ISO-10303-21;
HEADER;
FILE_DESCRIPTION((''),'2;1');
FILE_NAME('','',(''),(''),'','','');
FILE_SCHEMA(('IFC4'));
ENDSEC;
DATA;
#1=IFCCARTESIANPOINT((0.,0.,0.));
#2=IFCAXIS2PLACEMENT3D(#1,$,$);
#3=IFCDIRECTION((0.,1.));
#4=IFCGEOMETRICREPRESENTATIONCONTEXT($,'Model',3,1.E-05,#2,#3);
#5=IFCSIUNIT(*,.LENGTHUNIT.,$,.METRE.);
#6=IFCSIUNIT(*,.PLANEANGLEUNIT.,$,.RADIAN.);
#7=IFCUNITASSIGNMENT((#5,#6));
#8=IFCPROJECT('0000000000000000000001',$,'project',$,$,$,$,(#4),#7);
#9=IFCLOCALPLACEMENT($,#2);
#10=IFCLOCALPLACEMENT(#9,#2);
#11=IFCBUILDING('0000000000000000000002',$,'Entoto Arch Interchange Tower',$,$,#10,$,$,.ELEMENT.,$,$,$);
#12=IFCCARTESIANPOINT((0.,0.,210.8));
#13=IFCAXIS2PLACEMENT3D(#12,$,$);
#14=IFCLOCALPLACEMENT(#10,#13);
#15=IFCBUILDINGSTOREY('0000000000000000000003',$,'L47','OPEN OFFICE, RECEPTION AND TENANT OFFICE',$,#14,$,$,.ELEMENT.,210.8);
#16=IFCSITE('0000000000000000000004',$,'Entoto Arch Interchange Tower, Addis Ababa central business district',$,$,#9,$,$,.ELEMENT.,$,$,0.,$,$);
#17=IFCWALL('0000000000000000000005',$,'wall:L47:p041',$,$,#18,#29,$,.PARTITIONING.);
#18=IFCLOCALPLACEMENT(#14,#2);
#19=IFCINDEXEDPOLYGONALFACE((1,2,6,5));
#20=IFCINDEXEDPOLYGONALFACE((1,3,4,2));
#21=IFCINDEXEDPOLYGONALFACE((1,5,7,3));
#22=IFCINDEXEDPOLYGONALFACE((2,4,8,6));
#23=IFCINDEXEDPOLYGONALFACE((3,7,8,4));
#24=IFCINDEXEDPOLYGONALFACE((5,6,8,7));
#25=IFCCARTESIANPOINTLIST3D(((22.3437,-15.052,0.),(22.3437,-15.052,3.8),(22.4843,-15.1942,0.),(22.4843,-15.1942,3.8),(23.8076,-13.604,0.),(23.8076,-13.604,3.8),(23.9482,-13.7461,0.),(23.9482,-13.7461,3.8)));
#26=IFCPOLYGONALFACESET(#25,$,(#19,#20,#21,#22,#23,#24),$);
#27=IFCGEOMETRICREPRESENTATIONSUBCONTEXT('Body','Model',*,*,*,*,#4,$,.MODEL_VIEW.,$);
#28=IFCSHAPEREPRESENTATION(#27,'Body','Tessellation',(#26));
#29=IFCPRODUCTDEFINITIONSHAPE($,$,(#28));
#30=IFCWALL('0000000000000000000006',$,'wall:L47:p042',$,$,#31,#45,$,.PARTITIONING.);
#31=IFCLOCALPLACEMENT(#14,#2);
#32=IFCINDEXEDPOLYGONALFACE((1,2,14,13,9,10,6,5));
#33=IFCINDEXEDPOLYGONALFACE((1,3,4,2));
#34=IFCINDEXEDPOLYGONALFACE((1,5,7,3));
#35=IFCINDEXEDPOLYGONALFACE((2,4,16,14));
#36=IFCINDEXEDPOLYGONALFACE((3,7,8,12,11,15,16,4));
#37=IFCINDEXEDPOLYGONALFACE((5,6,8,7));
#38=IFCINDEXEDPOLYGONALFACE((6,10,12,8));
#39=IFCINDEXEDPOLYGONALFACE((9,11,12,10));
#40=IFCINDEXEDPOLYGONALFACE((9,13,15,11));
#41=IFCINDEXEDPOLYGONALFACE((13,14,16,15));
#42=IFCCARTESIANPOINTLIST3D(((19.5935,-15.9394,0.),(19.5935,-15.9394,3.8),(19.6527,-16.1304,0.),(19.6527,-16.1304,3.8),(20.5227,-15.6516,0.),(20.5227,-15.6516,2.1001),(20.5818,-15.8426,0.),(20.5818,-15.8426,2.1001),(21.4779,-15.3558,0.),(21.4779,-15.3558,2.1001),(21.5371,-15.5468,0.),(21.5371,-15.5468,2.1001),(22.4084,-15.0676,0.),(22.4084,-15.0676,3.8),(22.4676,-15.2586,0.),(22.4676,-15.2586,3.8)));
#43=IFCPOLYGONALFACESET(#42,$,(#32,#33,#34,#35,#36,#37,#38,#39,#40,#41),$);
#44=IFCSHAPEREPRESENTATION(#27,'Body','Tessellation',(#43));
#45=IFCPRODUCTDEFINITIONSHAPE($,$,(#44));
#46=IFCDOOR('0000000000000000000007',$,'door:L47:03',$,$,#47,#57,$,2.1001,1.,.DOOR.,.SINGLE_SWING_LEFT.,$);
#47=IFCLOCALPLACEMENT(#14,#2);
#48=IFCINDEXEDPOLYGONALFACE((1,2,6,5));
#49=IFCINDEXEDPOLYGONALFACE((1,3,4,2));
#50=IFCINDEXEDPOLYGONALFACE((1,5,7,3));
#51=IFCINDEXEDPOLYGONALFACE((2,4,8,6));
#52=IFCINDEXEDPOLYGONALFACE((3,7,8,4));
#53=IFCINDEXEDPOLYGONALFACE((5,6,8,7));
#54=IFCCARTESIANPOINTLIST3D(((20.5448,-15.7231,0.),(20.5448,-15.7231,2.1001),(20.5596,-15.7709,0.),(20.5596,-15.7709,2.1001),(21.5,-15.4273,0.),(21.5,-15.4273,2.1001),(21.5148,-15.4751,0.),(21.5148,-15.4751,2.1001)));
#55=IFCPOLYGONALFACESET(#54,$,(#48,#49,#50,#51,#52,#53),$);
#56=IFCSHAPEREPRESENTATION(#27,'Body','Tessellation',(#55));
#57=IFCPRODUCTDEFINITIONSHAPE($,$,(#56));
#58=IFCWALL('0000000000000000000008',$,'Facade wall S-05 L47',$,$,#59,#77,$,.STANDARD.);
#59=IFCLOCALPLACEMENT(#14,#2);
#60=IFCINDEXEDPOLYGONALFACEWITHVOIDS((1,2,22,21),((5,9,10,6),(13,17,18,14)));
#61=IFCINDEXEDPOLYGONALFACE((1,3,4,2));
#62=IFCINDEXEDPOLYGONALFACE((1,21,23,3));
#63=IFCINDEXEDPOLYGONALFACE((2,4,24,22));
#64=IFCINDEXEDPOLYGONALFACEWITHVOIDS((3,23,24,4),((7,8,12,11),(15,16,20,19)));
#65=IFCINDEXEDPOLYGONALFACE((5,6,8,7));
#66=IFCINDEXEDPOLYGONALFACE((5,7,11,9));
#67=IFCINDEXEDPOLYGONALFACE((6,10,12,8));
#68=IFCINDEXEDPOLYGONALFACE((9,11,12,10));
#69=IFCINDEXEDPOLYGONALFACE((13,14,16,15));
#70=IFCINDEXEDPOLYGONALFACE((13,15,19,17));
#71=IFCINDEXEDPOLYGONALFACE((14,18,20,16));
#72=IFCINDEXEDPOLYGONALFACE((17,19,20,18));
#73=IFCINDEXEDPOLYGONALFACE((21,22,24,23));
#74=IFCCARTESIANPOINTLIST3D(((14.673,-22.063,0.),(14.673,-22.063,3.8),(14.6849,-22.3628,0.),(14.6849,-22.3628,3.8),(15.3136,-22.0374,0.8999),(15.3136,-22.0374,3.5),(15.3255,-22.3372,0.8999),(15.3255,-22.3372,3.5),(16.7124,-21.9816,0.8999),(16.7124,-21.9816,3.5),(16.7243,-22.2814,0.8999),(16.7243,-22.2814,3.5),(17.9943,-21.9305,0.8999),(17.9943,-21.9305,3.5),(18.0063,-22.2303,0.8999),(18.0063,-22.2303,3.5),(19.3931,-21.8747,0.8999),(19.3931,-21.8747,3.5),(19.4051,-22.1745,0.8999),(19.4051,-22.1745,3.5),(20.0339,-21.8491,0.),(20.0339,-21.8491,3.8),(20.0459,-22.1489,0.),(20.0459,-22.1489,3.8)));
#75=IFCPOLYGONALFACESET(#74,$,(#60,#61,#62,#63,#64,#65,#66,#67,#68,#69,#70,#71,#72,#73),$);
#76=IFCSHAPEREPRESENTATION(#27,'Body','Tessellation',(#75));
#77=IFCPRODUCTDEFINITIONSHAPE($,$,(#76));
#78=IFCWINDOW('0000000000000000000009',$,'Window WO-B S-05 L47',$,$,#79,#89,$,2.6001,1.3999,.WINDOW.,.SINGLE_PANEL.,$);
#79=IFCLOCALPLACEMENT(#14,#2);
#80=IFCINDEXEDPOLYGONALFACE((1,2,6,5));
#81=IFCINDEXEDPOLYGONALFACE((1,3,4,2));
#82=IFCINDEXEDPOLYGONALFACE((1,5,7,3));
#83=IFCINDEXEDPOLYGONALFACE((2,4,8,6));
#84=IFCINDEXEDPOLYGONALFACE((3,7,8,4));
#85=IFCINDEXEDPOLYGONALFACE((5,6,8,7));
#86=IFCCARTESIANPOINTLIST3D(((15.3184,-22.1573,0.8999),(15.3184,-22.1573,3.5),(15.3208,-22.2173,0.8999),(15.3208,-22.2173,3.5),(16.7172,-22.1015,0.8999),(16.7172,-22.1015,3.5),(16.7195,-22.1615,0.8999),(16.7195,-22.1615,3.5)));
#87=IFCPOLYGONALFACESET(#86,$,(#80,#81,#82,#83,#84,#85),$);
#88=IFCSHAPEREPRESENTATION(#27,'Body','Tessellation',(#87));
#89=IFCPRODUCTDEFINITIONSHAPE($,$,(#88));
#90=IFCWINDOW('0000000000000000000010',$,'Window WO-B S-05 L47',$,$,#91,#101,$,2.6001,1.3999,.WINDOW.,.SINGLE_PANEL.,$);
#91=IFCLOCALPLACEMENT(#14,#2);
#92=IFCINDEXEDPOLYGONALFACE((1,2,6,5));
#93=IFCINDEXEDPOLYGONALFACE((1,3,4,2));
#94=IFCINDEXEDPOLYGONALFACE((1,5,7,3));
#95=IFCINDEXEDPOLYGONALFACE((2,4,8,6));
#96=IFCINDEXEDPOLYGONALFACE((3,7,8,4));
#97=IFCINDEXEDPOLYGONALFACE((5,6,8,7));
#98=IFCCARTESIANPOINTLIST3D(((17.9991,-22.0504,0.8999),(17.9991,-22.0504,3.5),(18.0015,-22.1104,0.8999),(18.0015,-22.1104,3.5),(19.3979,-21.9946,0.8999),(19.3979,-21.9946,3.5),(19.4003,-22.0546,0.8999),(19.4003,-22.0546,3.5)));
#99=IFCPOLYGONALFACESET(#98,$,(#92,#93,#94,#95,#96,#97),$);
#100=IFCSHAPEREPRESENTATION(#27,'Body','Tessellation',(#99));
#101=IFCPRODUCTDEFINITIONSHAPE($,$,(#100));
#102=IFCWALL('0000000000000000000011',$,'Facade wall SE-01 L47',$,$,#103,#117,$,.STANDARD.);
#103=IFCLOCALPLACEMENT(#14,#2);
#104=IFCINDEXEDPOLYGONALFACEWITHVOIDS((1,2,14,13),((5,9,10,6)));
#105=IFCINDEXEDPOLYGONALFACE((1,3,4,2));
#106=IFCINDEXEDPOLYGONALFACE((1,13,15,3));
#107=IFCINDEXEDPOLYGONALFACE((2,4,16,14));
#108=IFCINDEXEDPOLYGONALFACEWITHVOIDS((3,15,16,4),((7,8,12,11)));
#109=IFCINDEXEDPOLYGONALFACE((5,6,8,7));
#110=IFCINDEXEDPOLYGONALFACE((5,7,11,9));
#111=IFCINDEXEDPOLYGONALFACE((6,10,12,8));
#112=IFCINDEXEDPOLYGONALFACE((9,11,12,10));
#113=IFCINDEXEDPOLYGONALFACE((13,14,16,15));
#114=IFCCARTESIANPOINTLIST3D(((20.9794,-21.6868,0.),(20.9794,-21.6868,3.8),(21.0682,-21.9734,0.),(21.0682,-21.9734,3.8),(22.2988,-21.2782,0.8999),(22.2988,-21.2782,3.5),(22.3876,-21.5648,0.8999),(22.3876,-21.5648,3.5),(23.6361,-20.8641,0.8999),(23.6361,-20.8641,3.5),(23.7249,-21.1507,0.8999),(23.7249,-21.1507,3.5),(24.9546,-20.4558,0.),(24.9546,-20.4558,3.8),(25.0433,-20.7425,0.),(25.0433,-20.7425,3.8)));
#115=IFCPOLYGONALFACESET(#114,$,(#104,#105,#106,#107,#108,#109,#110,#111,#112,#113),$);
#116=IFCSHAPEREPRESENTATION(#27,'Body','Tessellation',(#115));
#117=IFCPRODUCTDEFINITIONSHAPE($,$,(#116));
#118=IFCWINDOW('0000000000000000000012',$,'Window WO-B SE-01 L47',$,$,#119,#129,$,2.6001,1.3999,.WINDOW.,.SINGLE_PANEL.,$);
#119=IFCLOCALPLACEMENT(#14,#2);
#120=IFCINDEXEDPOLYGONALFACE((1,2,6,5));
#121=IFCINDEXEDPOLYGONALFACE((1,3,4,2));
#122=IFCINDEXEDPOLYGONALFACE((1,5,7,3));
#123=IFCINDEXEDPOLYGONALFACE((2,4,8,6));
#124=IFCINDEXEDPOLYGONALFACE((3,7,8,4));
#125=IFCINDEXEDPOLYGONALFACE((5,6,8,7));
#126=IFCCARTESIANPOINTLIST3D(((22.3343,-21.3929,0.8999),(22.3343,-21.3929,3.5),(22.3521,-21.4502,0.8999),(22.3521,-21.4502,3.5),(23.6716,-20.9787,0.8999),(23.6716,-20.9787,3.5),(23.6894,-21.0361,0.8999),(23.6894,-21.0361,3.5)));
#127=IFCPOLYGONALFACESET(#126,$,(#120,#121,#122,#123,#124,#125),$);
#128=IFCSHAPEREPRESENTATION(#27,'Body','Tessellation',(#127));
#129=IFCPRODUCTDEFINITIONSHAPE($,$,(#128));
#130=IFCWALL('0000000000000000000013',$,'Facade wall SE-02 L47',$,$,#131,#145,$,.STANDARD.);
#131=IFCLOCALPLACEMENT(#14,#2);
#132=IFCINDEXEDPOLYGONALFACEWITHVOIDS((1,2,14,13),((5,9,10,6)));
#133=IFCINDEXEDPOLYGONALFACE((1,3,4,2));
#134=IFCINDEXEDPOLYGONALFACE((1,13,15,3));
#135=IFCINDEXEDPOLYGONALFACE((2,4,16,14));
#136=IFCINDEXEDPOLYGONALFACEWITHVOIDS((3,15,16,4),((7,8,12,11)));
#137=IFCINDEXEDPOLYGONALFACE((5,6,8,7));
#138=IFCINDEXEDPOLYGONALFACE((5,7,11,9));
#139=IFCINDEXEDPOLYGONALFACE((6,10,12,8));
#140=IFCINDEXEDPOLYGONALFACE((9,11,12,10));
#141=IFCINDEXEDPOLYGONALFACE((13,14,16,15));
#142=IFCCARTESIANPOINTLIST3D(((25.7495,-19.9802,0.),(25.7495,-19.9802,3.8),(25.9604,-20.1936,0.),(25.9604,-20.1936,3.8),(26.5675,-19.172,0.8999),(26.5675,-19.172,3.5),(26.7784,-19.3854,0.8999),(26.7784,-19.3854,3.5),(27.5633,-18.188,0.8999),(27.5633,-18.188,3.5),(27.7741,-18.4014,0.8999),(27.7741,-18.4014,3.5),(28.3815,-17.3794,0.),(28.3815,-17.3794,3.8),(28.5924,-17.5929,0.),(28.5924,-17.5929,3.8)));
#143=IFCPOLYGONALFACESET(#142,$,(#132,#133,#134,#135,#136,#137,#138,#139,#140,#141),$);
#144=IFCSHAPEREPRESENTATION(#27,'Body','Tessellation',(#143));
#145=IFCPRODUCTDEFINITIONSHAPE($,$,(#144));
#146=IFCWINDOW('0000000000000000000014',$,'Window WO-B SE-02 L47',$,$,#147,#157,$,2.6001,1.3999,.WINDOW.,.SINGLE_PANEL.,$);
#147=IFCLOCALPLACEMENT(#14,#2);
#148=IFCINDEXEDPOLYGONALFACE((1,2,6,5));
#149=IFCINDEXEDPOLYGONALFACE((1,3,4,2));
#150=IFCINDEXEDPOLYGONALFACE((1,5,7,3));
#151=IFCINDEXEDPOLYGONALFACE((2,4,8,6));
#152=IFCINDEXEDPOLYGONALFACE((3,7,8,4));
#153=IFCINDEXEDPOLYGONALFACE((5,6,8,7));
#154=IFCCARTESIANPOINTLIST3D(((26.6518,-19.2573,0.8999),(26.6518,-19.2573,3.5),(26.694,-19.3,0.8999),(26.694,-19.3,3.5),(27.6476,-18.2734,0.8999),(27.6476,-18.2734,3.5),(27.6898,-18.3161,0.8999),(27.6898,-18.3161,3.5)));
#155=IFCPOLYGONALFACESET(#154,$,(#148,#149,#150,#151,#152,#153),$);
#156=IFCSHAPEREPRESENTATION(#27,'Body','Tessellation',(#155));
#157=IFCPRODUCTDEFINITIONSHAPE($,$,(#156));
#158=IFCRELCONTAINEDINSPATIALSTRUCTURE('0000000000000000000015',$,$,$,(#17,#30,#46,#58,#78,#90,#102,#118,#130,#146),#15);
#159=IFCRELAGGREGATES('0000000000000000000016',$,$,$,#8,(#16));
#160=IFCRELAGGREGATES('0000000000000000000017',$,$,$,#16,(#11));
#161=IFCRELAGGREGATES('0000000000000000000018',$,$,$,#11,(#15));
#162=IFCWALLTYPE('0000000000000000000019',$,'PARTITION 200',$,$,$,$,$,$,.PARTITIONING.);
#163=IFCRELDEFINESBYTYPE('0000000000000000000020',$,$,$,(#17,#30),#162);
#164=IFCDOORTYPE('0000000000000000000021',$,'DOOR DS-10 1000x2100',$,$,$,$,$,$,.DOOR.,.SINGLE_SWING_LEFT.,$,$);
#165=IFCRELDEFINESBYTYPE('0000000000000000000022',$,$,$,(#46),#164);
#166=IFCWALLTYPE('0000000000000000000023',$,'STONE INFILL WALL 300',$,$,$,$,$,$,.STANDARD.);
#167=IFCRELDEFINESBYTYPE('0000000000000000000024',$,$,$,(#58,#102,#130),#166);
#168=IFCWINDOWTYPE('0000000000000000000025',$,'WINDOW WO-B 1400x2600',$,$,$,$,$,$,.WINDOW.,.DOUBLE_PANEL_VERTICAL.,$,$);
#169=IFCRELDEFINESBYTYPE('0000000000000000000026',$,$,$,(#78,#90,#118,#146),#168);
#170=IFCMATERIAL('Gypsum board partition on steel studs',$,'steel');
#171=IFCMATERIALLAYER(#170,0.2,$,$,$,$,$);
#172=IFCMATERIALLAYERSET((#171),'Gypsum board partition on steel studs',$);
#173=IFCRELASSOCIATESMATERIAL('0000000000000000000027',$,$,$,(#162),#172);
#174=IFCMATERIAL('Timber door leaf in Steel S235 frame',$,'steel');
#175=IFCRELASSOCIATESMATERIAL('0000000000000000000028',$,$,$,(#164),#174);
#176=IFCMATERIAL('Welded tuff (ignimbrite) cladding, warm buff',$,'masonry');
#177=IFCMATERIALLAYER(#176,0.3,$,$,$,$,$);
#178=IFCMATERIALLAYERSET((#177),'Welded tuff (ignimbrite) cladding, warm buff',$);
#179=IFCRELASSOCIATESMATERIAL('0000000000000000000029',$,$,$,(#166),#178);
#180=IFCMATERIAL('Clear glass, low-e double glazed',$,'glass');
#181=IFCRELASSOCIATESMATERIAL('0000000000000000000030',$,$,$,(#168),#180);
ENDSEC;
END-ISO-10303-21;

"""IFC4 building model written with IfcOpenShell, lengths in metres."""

from ifc_helpers import new_model, si_unit, direction, frame, frame_2d, origin, place, context, subcontext, project, spatial, rectangle, extrude, material, layer, layer_set, type_object, element, fill, save


model = new_model("IFC4")

# Units and contexts
model_context = context("Model", 3, precision=1e-05, world=origin(), true_north=direction((0.0, 1.0)))
body_context = subcontext(model_context, "Body", "Model", "MODEL_VIEW")
ifc_project = project(units=[si_unit("LENGTHUNIT", "METRE"), si_unit("PLANEANGLEUNIT", "RADIAN")], contexts=[model_context])

# Site, building, storey
site_placement = place(None, origin())
site = spatial("IfcSite", under=ifc_project, at=site_placement, Name="Entoto Arch Interchange Tower, Addis Ababa central business district", CompositionType="ELEMENT", RefElevation=0.0)
building_placement = place(site_placement, origin())
building = spatial("IfcBuilding", under=site, at=building_placement, Name="Entoto Arch Interchange Tower", CompositionType="ELEMENT")
storey_placement = place(building_placement, frame((0.0, 0.0, 210.8)))
storey = spatial("IfcBuildingStorey", under=building, at=storey_placement, Name="L47", Description="OPEN OFFICE, RECEPTION AND TENANT OFFICE", CompositionType="ELEMENT", Elevation=210.8)

# Shared definitions
ifc_material_1 = material(Name="Gypsum board partition on steel studs", Category="steel")
ifc_layer_1 = layer(ifc_material_1, 0.2)
ifc_layer_set_1 = layer_set([ifc_layer_1], Name="Gypsum board partition on steel studs")
wall_type_1 = type_object("IfcWallType", Name="PARTITION 200", PredefinedType="PARTITIONING", material=ifc_layer_set_1)

# Shared definitions
ifc_material_2 = material(Name="Timber door leaf in Steel S235 frame", Category="steel")
door_type = type_object("IfcDoorType", Name="DOOR DS-10 1000x2100", OperationType="SINGLE_SWING_LEFT", PredefinedType="DOOR", material=ifc_material_2)

# Wall
wall_1_placement = place(storey_placement, frame((23.8779, -13.675, 0.0), z_axis=(0.0, 0.0, 1.0), x_axis=(-0.71095, -0.703243, 0.0)))
element("IfcWall", 1, at=wall_1_placement, inside=storey, type_object=wall_type_1, Name="wall:L47:p041", PredefinedType="PARTITIONING", context=body_context, shape_type="SweptSolid", body=[
    extrude(rectangle(XDim=2.0591, YDim=0.2, at=frame_2d((1.0295, 0.0))), origin(), (0.0, 0.0, 1.0), 3.8),
])

# Wall, opening, door
wall_2_placement = place(storey_placement, frame((22.438, -15.1631, 0.0), z_axis=(0.0, 0.0, 1.0), x_axis=(-0.955235, -0.295849, 0.0)))
wall_2 = element("IfcWall", 2, at=wall_2_placement, inside=storey, type_object=wall_type_1, Name="wall:L47:p042", PredefinedType="PARTITIONING", context=body_context, shape_type="SweptSolid", body=[
    extrude(rectangle(XDim=2.9468, YDim=0.2, at=frame_2d((1.4734, 0.0))), origin(), (0.0, 0.0, 1.0), 3.8),
])
opening_1_placement = place(wall_2_placement, frame((0.9741, 0.0, 0.0)))
opening_1 = element("IfcOpeningElement", 3, at=opening_1_placement, cuts=wall_2, PredefinedType="OPENING", context=body_context, shape_type="SweptSolid", body=[
    extrude(rectangle(XDim=1.0, YDim=2.1001, at=frame_2d((0.5, 1.05))), frame((0.0, 0.1099, 0.0), z_axis=(0.0, -1.0, 0.0), x_axis=(1.0, 0.0, 0.0)), (0.0, 0.0, 1.0), 0.22),
])
door_1_placement = place(opening_1_placement, origin())
door_1 = element("IfcDoor", 4, at=door_1_placement, inside=storey, type_object=door_type, Name="door:L47:03", OperationType="SINGLE_SWING_LEFT", OverallHeight=2.1001, OverallWidth=1.0, PredefinedType="DOOR", context=body_context, shape_type="SweptSolid", body=[
    extrude(rectangle(XDim=1.0, YDim=2.1001, at=frame_2d((0.5, 1.05))), frame((0.0, 0.0249, 0.0), z_axis=(0.0, -1.0, 0.0), x_axis=(1.0, 0.0, 0.0)), (0.0, 0.0, 1.0), 0.05),
])
fill(opening_1, door_1)

# Wall, openings, windows
ifc_material_3 = material(Name="Welded tuff (ignimbrite) cladding, warm buff", Category="masonry")
ifc_layer_2 = layer(ifc_material_3, 0.3)
ifc_layer_set_2 = layer_set([ifc_layer_2], Name="Welded tuff (ignimbrite) cladding, warm buff")
wall_type_2 = type_object("IfcWallType", Name="STONE INFILL WALL 300", PredefinedType="STANDARD", material=ifc_layer_set_2)
wall_3_placement = place(storey_placement, frame((14.679, -22.2129, 0.0), z_axis=(0.0, 0.0, 1.0), x_axis=(0.999205, 0.039861, 0.0)))
wall_3 = element("IfcWall", 5, at=wall_3_placement, inside=storey, type_object=wall_type_2, Name="Facade wall S-05 L47", PredefinedType="STANDARD", context=body_context, shape_type="SweptSolid", body=[
    extrude(rectangle(XDim=5.3652, YDim=0.3, at=frame_2d((2.6826, 0.0))), origin(), (0.0, 0.0, 1.0), 3.8),
])
opening_2_placement = place(wall_3_placement, frame((0.6411, 0.0, 0.8999)))
opening_2 = element("IfcOpeningElement", 6, at=opening_2_placement, cuts=wall_3, PredefinedType="OPENING", context=body_context, shape_type="SweptSolid", body=[
    extrude(rectangle(XDim=1.3999, YDim=2.6001, at=frame_2d((0.7, 1.3))), frame((0.0, 0.1602, 0.0), z_axis=(0.0, -1.0, 0.0), x_axis=(1.0, 0.0, 0.0)), (0.0, 0.0, 1.0), 0.3201),
])
opening_3_placement = place(wall_3_placement, frame((3.324, 0.0, 0.8999)))
opening_3 = element("IfcOpeningElement", 7, at=opening_3_placement, cuts=wall_3, PredefinedType="OPENING", context=body_context, shape_type="SweptSolid", body=[
    extrude(rectangle(XDim=1.3999, YDim=2.6001, at=frame_2d((0.7, 1.3))), frame((0.0, 0.1602, 0.0), z_axis=(0.0, -1.0, 0.0), x_axis=(1.0, 0.0, 0.0)), (0.0, 0.0, 1.0), 0.3201),
])
ifc_material_4 = material(Name="Clear glass, low-e double glazed", Category="glass")
window_type = type_object("IfcWindowType", Name="WINDOW WO-B 1400x2600", PartitioningType="DOUBLE_PANEL_VERTICAL", PredefinedType="WINDOW", material=ifc_material_4)
window_1_placement = place(opening_2_placement, origin())
window_1 = element("IfcWindow", 8, at=window_1_placement, inside=storey, type_object=window_type, Name="Window WO-B S-05 L47", OverallHeight=2.6001, OverallWidth=1.3999, PartitioningType="SINGLE_PANEL", PredefinedType="WINDOW", context=body_context, shape_type="SweptSolid", body=[
    extrude(rectangle(XDim=1.3999, YDim=2.6001, at=frame_2d((0.7, 1.3))), frame((0.0, 0.03, 0.0), z_axis=(0.0, -1.0, 0.0), x_axis=(1.0, 0.0, 0.0)), (0.0, 0.0, 1.0), 0.0601),
])
fill(opening_2, window_1)
window_2_placement = place(opening_3_placement, origin())
window_2 = element("IfcWindow", 9, at=window_2_placement, inside=storey, type_object=window_type, Name="Window WO-B S-05 L47", OverallHeight=2.6001, OverallWidth=1.3999, PartitioningType="SINGLE_PANEL", PredefinedType="WINDOW", context=body_context, shape_type="SweptSolid", body=[
    extrude(rectangle(XDim=1.3999, YDim=2.6001, at=frame_2d((0.7, 1.3))), frame((0.0, 0.03, 0.0), z_axis=(0.0, -1.0, 0.0), x_axis=(1.0, 0.0, 0.0)), (0.0, 0.0, 1.0), 0.0601),
])
fill(opening_3, window_2)

# Walls, openings, windows
wall_4_placement = place(storey_placement, frame((21.0239, -21.8301, 0.0), z_axis=(0.0, 0.0, 1.0), x_axis=(0.955247, 0.295809, 0.0)))
wall_4 = element("IfcWall", 10, at=wall_4_placement, inside=storey, type_object=wall_type_2, Name="Facade wall SE-01 L47", PredefinedType="STANDARD", context=body_context, shape_type="SweptSolid", body=[
    extrude(rectangle(XDim=4.1614, YDim=0.3, at=frame_2d((2.0806, 0.0))), origin(), (0.0, 0.0, 1.0), 3.8),
])
opening_4_placement = place(wall_4_placement, frame((1.3811, 0.0, 0.8999)))
opening_4 = element("IfcOpeningElement", 11, at=opening_4_placement, cuts=wall_4, PredefinedType="OPENING", context=body_context, shape_type="SweptSolid", body=[
    extrude(rectangle(XDim=1.3999, YDim=2.6001, at=frame_2d((0.7, 1.3))), frame((0.0, 0.1602, 0.0), z_axis=(0.0, -1.0, 0.0), x_axis=(1.0, 0.0, 0.0)), (0.0, 0.0, 1.0), 0.3201),
])
window_3_placement = place(opening_4_placement, origin())
window_3 = element("IfcWindow", 12, at=window_3_placement, inside=storey, type_object=window_type, Name="Window WO-B SE-01 L47", OverallHeight=2.6001, OverallWidth=1.3999, PartitioningType="SINGLE_PANEL", PredefinedType="WINDOW", context=body_context, shape_type="SweptSolid", body=[
    extrude(rectangle(XDim=1.3999, YDim=2.6001, at=frame_2d((0.7, 1.3))), frame((0.0, 0.03, 0.0), z_axis=(0.0, -1.0, 0.0), x_axis=(1.0, 0.0, 0.0)), (0.0, 0.0, 1.0), 0.0601),
])
fill(opening_4, window_3)
wall_5_placement = place(storey_placement, frame((25.855, -20.0869, 0.0), z_axis=(0.0, 0.0, 1.0), x_axis=(0.711317, 0.702872, 0.0)))
wall_5 = element("IfcWall", 13, at=wall_5_placement, inside=storey, type_object=wall_type_2, Name="Facade wall SE-02 L47", PredefinedType="STANDARD", context=body_context, shape_type="SweptSolid", body=[
    extrude(rectangle(XDim=3.7002, YDim=0.3, at=frame_2d((1.8501, 0.0))), origin(), (0.0, 0.0, 1.0), 3.8),
])
opening_5_placement = place(wall_5_placement, frame((1.1499, 0.0, 0.8999)))
opening_5 = element("IfcOpeningElement", 14, at=opening_5_placement, cuts=wall_5, PredefinedType="OPENING", context=body_context, shape_type="SweptSolid", body=[
    extrude(rectangle(XDim=1.3999, YDim=2.6001, at=frame_2d((0.7, 1.3))), frame((0.0, 0.1602, 0.0), z_axis=(0.0, -1.0, 0.0), x_axis=(1.0, 0.0, 0.0)), (0.0, 0.0, 1.0), 0.3201),
])
window_4_placement = place(opening_5_placement, origin())
window_4 = element("IfcWindow", 15, at=window_4_placement, inside=storey, type_object=window_type, Name="Window WO-B SE-02 L47", OverallHeight=2.6001, OverallWidth=1.3999, PartitioningType="SINGLE_PANEL", PredefinedType="WINDOW", context=body_context, shape_type="SweptSolid", body=[
    extrude(rectangle(XDim=1.3999, YDim=2.6001, at=frame_2d((0.7, 1.3))), frame((0.0, 0.03, 0.0), z_axis=(0.0, -1.0, 0.0), x_axis=(1.0, 0.0, 0.0)), (0.0, 0.0, 1.0), 0.0601),
])
fill(opening_5, window_4)

save(model, "model.ifc")
